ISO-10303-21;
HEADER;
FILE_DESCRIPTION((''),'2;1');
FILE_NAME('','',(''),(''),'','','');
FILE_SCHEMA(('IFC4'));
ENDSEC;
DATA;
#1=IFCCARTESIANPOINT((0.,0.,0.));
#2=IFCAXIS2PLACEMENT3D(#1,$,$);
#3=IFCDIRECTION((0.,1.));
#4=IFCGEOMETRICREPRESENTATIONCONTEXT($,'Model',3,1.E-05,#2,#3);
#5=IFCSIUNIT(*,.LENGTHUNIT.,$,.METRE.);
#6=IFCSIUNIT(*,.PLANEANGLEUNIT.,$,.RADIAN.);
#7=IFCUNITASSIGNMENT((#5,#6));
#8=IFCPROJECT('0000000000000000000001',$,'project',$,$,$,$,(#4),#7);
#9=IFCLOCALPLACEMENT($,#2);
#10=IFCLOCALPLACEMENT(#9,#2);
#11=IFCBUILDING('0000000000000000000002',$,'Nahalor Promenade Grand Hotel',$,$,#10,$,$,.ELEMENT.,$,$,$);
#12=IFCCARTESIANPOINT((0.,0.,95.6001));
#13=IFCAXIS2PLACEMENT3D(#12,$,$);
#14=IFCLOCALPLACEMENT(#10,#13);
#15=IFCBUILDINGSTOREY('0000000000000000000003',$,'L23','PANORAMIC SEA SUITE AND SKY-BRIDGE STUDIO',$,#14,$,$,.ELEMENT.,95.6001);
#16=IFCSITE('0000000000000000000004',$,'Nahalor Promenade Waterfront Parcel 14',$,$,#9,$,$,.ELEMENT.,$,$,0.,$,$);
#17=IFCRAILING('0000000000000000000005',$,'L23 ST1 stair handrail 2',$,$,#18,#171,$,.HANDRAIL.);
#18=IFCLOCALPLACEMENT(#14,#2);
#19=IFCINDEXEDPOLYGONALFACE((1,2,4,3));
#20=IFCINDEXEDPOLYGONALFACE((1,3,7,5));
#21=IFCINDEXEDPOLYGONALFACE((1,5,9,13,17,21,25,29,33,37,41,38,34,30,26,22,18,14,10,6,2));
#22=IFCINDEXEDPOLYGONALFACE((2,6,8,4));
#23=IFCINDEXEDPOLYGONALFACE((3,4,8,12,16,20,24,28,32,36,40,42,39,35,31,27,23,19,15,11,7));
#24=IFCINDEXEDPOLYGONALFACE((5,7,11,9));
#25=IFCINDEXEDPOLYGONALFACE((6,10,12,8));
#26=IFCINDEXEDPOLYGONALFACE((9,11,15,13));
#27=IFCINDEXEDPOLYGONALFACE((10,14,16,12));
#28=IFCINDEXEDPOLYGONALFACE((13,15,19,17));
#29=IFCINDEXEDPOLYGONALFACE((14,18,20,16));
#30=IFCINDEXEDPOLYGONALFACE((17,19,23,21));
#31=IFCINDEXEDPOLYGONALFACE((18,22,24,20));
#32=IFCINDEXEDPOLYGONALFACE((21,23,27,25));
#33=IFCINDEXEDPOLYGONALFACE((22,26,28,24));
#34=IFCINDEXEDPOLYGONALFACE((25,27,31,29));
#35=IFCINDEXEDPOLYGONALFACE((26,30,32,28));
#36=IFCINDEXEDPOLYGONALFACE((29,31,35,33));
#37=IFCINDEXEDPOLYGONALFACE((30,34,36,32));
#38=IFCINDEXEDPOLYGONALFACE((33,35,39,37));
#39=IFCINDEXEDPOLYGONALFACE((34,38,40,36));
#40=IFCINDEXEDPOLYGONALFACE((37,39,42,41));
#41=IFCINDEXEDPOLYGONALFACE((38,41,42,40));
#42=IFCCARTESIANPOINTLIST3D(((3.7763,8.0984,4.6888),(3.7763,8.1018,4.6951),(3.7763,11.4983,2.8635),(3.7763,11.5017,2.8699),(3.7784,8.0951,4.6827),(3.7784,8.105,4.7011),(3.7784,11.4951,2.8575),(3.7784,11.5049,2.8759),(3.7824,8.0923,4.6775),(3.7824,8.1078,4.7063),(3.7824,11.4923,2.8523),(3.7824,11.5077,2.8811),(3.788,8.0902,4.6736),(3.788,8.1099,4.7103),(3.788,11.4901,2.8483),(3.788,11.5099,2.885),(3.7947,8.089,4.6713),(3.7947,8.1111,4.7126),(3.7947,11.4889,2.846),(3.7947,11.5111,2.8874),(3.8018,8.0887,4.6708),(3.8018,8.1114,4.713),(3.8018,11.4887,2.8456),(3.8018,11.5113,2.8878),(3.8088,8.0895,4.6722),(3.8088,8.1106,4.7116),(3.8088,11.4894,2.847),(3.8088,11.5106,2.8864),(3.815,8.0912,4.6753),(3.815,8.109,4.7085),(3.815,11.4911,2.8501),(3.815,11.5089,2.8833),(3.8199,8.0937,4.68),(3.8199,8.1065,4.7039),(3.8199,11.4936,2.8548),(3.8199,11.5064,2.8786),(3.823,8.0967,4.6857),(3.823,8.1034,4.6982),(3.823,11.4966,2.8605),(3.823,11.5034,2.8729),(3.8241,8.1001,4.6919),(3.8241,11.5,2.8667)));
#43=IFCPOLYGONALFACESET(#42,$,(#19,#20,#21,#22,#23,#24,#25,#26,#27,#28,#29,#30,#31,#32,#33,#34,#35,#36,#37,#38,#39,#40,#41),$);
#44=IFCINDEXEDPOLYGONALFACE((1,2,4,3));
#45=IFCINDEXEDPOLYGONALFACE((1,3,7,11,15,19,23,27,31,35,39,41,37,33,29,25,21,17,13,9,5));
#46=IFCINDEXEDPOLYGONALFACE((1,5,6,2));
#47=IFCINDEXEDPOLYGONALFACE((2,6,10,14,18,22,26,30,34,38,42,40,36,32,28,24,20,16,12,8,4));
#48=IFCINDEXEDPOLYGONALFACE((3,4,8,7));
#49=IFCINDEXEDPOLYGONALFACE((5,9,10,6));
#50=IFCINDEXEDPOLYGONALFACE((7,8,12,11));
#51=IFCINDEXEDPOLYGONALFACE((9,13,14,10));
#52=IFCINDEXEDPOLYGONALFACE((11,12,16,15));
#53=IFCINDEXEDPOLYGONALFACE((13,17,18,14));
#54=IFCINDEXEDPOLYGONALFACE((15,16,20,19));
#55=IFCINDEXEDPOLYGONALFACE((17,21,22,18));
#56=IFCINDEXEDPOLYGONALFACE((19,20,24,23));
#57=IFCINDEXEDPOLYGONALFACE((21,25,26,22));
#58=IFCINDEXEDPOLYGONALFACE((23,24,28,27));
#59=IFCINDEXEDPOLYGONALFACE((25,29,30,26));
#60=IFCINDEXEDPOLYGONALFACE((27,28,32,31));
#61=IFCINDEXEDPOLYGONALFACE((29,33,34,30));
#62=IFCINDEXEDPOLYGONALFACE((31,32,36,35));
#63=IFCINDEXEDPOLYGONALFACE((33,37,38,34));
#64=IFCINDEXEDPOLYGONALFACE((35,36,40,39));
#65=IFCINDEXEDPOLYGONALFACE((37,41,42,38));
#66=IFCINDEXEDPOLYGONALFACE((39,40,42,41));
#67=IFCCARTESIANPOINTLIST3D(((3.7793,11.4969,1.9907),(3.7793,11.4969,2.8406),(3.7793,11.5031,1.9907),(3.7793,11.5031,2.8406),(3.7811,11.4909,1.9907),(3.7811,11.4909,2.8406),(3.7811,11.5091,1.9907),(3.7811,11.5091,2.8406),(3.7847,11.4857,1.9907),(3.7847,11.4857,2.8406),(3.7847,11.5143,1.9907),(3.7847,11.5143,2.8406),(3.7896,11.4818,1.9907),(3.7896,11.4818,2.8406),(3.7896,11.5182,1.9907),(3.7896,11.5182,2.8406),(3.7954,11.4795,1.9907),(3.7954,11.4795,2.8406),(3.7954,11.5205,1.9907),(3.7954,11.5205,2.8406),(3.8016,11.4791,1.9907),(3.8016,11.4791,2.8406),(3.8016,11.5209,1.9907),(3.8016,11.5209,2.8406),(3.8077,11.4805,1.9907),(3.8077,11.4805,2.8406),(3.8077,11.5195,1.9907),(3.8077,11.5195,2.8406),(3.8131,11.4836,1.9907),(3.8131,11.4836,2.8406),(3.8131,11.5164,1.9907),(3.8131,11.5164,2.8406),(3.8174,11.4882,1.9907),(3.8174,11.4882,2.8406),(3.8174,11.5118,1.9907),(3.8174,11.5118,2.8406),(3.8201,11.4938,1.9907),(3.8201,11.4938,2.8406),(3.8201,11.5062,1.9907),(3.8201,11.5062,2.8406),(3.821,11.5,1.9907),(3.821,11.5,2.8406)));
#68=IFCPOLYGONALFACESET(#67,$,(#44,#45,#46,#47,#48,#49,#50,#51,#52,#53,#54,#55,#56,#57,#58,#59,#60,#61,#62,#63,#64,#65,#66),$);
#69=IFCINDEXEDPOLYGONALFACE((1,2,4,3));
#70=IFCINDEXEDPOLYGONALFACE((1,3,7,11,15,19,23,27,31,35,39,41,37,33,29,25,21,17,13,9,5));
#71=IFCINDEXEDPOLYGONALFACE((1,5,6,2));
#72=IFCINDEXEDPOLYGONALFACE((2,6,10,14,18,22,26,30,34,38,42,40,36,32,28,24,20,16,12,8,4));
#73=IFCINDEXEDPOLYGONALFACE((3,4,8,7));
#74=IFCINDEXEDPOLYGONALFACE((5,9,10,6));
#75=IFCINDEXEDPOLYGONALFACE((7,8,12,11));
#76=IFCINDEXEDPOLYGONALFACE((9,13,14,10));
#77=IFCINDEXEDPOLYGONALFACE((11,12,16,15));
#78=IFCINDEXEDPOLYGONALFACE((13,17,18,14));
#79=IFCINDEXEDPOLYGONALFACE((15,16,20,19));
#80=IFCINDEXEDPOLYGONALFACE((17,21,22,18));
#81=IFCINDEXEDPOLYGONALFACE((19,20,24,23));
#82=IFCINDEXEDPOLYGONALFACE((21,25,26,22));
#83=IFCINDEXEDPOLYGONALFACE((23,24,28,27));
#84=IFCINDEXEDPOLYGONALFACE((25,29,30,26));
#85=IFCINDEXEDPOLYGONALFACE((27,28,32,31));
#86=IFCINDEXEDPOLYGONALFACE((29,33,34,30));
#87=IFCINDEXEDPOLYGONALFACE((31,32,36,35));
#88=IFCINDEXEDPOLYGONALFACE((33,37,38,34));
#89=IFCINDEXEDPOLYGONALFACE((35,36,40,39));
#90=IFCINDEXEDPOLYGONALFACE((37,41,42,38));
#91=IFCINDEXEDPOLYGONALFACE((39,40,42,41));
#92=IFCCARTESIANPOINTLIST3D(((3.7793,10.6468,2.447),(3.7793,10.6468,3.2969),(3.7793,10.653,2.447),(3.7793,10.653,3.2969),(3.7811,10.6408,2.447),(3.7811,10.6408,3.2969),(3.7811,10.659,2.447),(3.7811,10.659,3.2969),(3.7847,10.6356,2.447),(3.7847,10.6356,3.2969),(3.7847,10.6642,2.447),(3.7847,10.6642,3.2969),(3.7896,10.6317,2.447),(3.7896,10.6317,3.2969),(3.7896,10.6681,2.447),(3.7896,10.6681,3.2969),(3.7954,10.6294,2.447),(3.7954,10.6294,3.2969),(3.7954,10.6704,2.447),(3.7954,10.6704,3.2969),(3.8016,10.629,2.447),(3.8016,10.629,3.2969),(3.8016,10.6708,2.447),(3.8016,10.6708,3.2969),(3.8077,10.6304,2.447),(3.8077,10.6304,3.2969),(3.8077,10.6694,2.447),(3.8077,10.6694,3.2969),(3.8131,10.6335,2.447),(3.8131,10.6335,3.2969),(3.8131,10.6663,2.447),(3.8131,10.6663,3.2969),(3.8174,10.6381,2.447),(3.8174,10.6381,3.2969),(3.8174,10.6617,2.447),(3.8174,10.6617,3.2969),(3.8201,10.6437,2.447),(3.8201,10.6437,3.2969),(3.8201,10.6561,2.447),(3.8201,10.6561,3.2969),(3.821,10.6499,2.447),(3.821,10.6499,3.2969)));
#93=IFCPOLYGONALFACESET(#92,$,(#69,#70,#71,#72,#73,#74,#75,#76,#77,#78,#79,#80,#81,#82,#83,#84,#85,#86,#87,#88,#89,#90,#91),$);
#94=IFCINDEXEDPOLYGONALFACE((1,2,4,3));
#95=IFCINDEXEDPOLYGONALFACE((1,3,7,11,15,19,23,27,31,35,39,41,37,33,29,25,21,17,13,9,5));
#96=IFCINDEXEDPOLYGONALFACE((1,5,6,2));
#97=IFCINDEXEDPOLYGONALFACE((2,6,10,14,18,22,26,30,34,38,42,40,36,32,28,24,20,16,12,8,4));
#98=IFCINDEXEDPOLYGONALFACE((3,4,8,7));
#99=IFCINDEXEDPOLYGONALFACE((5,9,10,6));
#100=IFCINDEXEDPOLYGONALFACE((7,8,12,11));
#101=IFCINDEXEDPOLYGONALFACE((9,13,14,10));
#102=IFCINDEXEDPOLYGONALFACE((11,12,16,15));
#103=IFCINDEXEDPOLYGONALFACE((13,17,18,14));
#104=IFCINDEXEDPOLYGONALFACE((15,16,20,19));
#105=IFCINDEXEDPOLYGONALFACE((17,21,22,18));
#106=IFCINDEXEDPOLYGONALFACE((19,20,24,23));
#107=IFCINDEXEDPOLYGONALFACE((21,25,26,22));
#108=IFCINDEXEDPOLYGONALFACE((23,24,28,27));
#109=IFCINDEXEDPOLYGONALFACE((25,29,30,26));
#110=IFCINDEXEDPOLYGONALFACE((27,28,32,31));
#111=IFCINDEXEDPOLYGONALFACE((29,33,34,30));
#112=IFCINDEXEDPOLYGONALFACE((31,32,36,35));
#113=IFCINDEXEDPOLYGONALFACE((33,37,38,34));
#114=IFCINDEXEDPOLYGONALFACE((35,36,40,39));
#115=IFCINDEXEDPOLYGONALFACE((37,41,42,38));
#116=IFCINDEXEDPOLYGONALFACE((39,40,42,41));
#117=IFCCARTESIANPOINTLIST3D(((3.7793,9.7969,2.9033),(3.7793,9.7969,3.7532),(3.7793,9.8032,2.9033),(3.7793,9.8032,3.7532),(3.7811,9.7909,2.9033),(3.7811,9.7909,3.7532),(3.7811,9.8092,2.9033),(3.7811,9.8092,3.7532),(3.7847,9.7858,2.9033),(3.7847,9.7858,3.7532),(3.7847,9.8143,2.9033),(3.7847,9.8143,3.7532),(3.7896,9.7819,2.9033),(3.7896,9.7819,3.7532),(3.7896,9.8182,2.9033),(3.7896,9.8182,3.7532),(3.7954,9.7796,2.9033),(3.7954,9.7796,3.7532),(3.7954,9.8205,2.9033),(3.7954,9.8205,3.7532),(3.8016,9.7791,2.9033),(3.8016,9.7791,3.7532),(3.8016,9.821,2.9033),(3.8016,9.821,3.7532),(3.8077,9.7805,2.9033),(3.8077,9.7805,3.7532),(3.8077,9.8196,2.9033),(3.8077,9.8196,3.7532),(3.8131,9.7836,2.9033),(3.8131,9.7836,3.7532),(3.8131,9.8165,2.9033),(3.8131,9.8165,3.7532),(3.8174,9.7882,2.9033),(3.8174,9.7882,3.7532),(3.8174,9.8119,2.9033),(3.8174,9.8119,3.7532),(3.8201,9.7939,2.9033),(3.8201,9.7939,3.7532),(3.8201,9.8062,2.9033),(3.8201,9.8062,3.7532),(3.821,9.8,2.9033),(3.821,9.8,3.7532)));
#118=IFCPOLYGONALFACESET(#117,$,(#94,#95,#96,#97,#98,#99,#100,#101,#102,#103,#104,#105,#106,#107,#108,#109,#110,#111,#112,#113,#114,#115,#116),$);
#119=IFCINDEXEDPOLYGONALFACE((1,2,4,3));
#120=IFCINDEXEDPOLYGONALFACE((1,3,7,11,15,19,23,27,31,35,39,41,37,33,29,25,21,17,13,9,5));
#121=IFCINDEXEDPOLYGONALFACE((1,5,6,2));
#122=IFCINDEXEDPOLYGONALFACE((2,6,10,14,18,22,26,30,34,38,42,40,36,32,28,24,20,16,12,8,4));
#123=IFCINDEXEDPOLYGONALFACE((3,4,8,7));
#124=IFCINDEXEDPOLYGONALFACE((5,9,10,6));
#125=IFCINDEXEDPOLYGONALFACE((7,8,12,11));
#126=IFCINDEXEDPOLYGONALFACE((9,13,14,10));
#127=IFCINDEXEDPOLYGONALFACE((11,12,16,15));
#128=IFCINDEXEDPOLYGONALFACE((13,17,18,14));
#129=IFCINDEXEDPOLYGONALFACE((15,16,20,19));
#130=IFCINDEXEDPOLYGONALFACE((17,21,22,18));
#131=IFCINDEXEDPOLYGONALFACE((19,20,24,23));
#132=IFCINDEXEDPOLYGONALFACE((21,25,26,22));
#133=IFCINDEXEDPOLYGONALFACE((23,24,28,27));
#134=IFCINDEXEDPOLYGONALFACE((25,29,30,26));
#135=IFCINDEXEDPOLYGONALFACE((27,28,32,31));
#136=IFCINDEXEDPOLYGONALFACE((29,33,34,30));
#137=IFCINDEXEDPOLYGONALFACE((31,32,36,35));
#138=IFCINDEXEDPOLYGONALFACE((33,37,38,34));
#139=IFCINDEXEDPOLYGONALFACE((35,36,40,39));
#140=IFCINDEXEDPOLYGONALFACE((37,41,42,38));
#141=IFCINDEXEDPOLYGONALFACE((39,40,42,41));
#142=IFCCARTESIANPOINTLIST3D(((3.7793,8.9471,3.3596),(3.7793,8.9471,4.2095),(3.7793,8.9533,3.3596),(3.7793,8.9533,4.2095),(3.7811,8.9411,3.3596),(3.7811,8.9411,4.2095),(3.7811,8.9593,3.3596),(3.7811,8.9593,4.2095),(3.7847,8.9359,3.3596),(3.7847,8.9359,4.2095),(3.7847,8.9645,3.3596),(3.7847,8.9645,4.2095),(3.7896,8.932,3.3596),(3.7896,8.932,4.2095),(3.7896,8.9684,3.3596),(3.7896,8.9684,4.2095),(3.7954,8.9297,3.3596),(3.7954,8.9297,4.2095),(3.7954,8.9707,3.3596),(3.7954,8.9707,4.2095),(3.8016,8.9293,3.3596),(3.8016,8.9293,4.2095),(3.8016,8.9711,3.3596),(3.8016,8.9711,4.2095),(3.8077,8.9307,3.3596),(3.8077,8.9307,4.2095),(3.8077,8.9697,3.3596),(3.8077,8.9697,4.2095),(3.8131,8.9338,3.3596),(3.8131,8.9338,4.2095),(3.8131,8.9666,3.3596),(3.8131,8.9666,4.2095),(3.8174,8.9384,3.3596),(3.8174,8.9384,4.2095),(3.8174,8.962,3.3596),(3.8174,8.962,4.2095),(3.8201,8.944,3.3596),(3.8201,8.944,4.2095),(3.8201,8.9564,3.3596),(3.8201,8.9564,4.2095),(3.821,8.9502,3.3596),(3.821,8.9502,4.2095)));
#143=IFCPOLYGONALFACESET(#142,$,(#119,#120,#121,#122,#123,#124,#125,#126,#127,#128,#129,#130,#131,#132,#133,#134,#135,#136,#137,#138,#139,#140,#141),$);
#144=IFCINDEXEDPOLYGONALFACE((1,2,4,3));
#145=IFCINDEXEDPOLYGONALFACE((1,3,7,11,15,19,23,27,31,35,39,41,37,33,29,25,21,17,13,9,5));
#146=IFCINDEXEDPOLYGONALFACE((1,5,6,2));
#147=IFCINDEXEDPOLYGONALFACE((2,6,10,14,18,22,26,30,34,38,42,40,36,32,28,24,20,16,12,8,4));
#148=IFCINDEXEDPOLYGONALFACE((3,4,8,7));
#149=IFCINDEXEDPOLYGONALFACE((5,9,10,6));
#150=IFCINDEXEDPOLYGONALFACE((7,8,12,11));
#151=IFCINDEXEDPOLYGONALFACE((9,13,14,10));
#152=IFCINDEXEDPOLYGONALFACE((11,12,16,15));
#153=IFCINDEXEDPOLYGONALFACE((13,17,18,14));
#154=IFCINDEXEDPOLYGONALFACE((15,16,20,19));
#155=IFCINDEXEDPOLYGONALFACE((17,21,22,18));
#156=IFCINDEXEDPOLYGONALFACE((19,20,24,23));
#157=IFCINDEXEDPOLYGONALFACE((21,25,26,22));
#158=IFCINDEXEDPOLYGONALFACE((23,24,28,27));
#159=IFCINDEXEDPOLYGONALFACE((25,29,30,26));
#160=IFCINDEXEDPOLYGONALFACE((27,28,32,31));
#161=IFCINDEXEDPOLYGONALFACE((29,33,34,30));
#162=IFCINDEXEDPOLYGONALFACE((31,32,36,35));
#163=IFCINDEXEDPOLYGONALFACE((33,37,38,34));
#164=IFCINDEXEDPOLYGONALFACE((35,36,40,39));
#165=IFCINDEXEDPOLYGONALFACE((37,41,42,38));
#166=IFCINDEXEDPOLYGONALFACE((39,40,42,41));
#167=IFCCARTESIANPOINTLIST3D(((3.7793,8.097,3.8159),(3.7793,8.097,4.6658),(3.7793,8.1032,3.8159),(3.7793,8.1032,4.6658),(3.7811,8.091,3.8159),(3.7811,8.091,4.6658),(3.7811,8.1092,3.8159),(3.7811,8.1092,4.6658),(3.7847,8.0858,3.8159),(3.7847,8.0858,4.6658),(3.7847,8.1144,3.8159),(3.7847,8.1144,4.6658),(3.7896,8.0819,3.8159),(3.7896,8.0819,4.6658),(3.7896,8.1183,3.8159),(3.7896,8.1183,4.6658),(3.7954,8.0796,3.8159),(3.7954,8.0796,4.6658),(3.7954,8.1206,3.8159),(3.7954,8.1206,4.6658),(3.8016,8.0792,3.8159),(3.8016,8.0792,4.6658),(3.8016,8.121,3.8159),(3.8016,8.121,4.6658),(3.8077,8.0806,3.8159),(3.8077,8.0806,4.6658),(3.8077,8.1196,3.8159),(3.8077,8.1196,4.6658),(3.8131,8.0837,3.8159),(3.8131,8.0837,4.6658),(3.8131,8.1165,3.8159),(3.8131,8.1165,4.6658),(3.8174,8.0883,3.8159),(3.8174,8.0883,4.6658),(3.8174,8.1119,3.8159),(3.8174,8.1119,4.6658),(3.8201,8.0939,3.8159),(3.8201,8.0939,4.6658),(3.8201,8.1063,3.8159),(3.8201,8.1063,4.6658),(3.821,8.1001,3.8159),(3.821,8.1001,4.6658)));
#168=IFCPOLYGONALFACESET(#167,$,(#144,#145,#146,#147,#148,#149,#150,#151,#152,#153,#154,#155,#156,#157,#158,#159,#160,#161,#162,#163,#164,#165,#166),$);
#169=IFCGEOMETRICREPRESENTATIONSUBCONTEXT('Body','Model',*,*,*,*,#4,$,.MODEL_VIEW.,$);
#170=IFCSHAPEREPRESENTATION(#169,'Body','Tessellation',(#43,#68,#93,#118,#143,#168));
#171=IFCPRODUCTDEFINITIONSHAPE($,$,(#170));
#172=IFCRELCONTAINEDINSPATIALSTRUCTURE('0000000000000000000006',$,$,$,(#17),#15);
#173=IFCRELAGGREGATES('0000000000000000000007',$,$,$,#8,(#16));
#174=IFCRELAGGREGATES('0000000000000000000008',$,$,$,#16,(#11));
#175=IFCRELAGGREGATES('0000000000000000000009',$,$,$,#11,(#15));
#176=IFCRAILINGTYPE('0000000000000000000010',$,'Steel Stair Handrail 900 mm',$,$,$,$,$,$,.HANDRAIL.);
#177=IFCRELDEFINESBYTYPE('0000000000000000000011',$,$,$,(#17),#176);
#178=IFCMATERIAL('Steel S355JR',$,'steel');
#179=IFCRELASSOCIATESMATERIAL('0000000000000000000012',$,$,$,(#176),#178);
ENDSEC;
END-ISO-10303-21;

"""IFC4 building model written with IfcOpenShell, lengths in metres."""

from ifc_helpers import new_model, si_unit, direction, frame, origin, origin_2d, place, context, subcontext, project, spatial, circle, extrude, material, type_object, element, save


model = new_model("IFC4")

# Units and contexts
model_context = context("Model", 3, precision=1e-05, world=origin(), true_north=direction((0.0, 1.0)))
body_context = subcontext(model_context, "Body", "Model", "MODEL_VIEW")
ifc_project = project(units=[si_unit("LENGTHUNIT", "METRE"), si_unit("PLANEANGLEUNIT", "RADIAN")], contexts=[model_context])

# Site, building, storey
site_placement = place(None, origin())
site = spatial("IfcSite", under=ifc_project, at=site_placement, Name="Nahalor Promenade Waterfront Parcel 14", CompositionType="ELEMENT", RefElevation=0.0)
building_placement = place(site_placement, origin())
building = spatial("IfcBuilding", under=site, at=building_placement, Name="Nahalor Promenade Grand Hotel", CompositionType="ELEMENT")
storey_placement = place(building_placement, frame((0.0, 0.0, 95.6001)))
storey = spatial("IfcBuildingStorey", under=building, at=storey_placement, Name="L23", Description="PANORAMIC SEA SUITE AND SKY-BRIDGE STUDIO", CompositionType="ELEMENT", Elevation=95.6001)

# Shared definitions
ifc_material_1 = material(Name="Steel S355JR", Category="steel")

# Railing
railing_type_1 = type_object("IfcRailingType", Name="Steel Stair Handrail 900 mm", PredefinedType="HANDRAIL", material=ifc_material_1)
railing_1_placement = place(storey_placement, frame((3.8, 11.5, 1.9907)))
element("IfcRailing", 1, at=railing_1_placement, inside=storey, type_object=railing_type_1, Name="L23 ST1 stair handrail 2", PredefinedType="HANDRAIL", context=body_context, shape_type="SweptSolid", body=[
    extrude(circle(Radius=0.024, at=origin_2d()), frame((0.0, 0.0, 0.876), z_axis=(0.0, -0.881068, 0.47299), x_axis=(1.0, 0.0, 0.0)), (0.0, 0.0, 1.0), 3.8589),
    extrude(circle(Radius=0.021, at=origin_2d()), origin(), (0.0, 0.0, 1.0), 0.8499),
    extrude(circle(Radius=0.021, at=origin_2d()), frame((0.0, -0.8501, 0.4563)), (0.0, 0.0, 1.0), 0.8499),
    extrude(circle(Radius=0.021, at=origin_2d()), frame((0.0, -1.7, 0.9126)), (0.0, 0.0, 1.0), 0.8499),
    extrude(circle(Radius=0.021, at=origin_2d()), frame((0.0, -2.5498, 1.3689)), (0.0, 0.0, 1.0), 0.8499),
    extrude(circle(Radius=0.021, at=origin_2d()), frame((0.0, -3.3999, 1.8252)), (0.0, 0.0, 1.0), 0.8499),
])

save(model, "model.ifc")
